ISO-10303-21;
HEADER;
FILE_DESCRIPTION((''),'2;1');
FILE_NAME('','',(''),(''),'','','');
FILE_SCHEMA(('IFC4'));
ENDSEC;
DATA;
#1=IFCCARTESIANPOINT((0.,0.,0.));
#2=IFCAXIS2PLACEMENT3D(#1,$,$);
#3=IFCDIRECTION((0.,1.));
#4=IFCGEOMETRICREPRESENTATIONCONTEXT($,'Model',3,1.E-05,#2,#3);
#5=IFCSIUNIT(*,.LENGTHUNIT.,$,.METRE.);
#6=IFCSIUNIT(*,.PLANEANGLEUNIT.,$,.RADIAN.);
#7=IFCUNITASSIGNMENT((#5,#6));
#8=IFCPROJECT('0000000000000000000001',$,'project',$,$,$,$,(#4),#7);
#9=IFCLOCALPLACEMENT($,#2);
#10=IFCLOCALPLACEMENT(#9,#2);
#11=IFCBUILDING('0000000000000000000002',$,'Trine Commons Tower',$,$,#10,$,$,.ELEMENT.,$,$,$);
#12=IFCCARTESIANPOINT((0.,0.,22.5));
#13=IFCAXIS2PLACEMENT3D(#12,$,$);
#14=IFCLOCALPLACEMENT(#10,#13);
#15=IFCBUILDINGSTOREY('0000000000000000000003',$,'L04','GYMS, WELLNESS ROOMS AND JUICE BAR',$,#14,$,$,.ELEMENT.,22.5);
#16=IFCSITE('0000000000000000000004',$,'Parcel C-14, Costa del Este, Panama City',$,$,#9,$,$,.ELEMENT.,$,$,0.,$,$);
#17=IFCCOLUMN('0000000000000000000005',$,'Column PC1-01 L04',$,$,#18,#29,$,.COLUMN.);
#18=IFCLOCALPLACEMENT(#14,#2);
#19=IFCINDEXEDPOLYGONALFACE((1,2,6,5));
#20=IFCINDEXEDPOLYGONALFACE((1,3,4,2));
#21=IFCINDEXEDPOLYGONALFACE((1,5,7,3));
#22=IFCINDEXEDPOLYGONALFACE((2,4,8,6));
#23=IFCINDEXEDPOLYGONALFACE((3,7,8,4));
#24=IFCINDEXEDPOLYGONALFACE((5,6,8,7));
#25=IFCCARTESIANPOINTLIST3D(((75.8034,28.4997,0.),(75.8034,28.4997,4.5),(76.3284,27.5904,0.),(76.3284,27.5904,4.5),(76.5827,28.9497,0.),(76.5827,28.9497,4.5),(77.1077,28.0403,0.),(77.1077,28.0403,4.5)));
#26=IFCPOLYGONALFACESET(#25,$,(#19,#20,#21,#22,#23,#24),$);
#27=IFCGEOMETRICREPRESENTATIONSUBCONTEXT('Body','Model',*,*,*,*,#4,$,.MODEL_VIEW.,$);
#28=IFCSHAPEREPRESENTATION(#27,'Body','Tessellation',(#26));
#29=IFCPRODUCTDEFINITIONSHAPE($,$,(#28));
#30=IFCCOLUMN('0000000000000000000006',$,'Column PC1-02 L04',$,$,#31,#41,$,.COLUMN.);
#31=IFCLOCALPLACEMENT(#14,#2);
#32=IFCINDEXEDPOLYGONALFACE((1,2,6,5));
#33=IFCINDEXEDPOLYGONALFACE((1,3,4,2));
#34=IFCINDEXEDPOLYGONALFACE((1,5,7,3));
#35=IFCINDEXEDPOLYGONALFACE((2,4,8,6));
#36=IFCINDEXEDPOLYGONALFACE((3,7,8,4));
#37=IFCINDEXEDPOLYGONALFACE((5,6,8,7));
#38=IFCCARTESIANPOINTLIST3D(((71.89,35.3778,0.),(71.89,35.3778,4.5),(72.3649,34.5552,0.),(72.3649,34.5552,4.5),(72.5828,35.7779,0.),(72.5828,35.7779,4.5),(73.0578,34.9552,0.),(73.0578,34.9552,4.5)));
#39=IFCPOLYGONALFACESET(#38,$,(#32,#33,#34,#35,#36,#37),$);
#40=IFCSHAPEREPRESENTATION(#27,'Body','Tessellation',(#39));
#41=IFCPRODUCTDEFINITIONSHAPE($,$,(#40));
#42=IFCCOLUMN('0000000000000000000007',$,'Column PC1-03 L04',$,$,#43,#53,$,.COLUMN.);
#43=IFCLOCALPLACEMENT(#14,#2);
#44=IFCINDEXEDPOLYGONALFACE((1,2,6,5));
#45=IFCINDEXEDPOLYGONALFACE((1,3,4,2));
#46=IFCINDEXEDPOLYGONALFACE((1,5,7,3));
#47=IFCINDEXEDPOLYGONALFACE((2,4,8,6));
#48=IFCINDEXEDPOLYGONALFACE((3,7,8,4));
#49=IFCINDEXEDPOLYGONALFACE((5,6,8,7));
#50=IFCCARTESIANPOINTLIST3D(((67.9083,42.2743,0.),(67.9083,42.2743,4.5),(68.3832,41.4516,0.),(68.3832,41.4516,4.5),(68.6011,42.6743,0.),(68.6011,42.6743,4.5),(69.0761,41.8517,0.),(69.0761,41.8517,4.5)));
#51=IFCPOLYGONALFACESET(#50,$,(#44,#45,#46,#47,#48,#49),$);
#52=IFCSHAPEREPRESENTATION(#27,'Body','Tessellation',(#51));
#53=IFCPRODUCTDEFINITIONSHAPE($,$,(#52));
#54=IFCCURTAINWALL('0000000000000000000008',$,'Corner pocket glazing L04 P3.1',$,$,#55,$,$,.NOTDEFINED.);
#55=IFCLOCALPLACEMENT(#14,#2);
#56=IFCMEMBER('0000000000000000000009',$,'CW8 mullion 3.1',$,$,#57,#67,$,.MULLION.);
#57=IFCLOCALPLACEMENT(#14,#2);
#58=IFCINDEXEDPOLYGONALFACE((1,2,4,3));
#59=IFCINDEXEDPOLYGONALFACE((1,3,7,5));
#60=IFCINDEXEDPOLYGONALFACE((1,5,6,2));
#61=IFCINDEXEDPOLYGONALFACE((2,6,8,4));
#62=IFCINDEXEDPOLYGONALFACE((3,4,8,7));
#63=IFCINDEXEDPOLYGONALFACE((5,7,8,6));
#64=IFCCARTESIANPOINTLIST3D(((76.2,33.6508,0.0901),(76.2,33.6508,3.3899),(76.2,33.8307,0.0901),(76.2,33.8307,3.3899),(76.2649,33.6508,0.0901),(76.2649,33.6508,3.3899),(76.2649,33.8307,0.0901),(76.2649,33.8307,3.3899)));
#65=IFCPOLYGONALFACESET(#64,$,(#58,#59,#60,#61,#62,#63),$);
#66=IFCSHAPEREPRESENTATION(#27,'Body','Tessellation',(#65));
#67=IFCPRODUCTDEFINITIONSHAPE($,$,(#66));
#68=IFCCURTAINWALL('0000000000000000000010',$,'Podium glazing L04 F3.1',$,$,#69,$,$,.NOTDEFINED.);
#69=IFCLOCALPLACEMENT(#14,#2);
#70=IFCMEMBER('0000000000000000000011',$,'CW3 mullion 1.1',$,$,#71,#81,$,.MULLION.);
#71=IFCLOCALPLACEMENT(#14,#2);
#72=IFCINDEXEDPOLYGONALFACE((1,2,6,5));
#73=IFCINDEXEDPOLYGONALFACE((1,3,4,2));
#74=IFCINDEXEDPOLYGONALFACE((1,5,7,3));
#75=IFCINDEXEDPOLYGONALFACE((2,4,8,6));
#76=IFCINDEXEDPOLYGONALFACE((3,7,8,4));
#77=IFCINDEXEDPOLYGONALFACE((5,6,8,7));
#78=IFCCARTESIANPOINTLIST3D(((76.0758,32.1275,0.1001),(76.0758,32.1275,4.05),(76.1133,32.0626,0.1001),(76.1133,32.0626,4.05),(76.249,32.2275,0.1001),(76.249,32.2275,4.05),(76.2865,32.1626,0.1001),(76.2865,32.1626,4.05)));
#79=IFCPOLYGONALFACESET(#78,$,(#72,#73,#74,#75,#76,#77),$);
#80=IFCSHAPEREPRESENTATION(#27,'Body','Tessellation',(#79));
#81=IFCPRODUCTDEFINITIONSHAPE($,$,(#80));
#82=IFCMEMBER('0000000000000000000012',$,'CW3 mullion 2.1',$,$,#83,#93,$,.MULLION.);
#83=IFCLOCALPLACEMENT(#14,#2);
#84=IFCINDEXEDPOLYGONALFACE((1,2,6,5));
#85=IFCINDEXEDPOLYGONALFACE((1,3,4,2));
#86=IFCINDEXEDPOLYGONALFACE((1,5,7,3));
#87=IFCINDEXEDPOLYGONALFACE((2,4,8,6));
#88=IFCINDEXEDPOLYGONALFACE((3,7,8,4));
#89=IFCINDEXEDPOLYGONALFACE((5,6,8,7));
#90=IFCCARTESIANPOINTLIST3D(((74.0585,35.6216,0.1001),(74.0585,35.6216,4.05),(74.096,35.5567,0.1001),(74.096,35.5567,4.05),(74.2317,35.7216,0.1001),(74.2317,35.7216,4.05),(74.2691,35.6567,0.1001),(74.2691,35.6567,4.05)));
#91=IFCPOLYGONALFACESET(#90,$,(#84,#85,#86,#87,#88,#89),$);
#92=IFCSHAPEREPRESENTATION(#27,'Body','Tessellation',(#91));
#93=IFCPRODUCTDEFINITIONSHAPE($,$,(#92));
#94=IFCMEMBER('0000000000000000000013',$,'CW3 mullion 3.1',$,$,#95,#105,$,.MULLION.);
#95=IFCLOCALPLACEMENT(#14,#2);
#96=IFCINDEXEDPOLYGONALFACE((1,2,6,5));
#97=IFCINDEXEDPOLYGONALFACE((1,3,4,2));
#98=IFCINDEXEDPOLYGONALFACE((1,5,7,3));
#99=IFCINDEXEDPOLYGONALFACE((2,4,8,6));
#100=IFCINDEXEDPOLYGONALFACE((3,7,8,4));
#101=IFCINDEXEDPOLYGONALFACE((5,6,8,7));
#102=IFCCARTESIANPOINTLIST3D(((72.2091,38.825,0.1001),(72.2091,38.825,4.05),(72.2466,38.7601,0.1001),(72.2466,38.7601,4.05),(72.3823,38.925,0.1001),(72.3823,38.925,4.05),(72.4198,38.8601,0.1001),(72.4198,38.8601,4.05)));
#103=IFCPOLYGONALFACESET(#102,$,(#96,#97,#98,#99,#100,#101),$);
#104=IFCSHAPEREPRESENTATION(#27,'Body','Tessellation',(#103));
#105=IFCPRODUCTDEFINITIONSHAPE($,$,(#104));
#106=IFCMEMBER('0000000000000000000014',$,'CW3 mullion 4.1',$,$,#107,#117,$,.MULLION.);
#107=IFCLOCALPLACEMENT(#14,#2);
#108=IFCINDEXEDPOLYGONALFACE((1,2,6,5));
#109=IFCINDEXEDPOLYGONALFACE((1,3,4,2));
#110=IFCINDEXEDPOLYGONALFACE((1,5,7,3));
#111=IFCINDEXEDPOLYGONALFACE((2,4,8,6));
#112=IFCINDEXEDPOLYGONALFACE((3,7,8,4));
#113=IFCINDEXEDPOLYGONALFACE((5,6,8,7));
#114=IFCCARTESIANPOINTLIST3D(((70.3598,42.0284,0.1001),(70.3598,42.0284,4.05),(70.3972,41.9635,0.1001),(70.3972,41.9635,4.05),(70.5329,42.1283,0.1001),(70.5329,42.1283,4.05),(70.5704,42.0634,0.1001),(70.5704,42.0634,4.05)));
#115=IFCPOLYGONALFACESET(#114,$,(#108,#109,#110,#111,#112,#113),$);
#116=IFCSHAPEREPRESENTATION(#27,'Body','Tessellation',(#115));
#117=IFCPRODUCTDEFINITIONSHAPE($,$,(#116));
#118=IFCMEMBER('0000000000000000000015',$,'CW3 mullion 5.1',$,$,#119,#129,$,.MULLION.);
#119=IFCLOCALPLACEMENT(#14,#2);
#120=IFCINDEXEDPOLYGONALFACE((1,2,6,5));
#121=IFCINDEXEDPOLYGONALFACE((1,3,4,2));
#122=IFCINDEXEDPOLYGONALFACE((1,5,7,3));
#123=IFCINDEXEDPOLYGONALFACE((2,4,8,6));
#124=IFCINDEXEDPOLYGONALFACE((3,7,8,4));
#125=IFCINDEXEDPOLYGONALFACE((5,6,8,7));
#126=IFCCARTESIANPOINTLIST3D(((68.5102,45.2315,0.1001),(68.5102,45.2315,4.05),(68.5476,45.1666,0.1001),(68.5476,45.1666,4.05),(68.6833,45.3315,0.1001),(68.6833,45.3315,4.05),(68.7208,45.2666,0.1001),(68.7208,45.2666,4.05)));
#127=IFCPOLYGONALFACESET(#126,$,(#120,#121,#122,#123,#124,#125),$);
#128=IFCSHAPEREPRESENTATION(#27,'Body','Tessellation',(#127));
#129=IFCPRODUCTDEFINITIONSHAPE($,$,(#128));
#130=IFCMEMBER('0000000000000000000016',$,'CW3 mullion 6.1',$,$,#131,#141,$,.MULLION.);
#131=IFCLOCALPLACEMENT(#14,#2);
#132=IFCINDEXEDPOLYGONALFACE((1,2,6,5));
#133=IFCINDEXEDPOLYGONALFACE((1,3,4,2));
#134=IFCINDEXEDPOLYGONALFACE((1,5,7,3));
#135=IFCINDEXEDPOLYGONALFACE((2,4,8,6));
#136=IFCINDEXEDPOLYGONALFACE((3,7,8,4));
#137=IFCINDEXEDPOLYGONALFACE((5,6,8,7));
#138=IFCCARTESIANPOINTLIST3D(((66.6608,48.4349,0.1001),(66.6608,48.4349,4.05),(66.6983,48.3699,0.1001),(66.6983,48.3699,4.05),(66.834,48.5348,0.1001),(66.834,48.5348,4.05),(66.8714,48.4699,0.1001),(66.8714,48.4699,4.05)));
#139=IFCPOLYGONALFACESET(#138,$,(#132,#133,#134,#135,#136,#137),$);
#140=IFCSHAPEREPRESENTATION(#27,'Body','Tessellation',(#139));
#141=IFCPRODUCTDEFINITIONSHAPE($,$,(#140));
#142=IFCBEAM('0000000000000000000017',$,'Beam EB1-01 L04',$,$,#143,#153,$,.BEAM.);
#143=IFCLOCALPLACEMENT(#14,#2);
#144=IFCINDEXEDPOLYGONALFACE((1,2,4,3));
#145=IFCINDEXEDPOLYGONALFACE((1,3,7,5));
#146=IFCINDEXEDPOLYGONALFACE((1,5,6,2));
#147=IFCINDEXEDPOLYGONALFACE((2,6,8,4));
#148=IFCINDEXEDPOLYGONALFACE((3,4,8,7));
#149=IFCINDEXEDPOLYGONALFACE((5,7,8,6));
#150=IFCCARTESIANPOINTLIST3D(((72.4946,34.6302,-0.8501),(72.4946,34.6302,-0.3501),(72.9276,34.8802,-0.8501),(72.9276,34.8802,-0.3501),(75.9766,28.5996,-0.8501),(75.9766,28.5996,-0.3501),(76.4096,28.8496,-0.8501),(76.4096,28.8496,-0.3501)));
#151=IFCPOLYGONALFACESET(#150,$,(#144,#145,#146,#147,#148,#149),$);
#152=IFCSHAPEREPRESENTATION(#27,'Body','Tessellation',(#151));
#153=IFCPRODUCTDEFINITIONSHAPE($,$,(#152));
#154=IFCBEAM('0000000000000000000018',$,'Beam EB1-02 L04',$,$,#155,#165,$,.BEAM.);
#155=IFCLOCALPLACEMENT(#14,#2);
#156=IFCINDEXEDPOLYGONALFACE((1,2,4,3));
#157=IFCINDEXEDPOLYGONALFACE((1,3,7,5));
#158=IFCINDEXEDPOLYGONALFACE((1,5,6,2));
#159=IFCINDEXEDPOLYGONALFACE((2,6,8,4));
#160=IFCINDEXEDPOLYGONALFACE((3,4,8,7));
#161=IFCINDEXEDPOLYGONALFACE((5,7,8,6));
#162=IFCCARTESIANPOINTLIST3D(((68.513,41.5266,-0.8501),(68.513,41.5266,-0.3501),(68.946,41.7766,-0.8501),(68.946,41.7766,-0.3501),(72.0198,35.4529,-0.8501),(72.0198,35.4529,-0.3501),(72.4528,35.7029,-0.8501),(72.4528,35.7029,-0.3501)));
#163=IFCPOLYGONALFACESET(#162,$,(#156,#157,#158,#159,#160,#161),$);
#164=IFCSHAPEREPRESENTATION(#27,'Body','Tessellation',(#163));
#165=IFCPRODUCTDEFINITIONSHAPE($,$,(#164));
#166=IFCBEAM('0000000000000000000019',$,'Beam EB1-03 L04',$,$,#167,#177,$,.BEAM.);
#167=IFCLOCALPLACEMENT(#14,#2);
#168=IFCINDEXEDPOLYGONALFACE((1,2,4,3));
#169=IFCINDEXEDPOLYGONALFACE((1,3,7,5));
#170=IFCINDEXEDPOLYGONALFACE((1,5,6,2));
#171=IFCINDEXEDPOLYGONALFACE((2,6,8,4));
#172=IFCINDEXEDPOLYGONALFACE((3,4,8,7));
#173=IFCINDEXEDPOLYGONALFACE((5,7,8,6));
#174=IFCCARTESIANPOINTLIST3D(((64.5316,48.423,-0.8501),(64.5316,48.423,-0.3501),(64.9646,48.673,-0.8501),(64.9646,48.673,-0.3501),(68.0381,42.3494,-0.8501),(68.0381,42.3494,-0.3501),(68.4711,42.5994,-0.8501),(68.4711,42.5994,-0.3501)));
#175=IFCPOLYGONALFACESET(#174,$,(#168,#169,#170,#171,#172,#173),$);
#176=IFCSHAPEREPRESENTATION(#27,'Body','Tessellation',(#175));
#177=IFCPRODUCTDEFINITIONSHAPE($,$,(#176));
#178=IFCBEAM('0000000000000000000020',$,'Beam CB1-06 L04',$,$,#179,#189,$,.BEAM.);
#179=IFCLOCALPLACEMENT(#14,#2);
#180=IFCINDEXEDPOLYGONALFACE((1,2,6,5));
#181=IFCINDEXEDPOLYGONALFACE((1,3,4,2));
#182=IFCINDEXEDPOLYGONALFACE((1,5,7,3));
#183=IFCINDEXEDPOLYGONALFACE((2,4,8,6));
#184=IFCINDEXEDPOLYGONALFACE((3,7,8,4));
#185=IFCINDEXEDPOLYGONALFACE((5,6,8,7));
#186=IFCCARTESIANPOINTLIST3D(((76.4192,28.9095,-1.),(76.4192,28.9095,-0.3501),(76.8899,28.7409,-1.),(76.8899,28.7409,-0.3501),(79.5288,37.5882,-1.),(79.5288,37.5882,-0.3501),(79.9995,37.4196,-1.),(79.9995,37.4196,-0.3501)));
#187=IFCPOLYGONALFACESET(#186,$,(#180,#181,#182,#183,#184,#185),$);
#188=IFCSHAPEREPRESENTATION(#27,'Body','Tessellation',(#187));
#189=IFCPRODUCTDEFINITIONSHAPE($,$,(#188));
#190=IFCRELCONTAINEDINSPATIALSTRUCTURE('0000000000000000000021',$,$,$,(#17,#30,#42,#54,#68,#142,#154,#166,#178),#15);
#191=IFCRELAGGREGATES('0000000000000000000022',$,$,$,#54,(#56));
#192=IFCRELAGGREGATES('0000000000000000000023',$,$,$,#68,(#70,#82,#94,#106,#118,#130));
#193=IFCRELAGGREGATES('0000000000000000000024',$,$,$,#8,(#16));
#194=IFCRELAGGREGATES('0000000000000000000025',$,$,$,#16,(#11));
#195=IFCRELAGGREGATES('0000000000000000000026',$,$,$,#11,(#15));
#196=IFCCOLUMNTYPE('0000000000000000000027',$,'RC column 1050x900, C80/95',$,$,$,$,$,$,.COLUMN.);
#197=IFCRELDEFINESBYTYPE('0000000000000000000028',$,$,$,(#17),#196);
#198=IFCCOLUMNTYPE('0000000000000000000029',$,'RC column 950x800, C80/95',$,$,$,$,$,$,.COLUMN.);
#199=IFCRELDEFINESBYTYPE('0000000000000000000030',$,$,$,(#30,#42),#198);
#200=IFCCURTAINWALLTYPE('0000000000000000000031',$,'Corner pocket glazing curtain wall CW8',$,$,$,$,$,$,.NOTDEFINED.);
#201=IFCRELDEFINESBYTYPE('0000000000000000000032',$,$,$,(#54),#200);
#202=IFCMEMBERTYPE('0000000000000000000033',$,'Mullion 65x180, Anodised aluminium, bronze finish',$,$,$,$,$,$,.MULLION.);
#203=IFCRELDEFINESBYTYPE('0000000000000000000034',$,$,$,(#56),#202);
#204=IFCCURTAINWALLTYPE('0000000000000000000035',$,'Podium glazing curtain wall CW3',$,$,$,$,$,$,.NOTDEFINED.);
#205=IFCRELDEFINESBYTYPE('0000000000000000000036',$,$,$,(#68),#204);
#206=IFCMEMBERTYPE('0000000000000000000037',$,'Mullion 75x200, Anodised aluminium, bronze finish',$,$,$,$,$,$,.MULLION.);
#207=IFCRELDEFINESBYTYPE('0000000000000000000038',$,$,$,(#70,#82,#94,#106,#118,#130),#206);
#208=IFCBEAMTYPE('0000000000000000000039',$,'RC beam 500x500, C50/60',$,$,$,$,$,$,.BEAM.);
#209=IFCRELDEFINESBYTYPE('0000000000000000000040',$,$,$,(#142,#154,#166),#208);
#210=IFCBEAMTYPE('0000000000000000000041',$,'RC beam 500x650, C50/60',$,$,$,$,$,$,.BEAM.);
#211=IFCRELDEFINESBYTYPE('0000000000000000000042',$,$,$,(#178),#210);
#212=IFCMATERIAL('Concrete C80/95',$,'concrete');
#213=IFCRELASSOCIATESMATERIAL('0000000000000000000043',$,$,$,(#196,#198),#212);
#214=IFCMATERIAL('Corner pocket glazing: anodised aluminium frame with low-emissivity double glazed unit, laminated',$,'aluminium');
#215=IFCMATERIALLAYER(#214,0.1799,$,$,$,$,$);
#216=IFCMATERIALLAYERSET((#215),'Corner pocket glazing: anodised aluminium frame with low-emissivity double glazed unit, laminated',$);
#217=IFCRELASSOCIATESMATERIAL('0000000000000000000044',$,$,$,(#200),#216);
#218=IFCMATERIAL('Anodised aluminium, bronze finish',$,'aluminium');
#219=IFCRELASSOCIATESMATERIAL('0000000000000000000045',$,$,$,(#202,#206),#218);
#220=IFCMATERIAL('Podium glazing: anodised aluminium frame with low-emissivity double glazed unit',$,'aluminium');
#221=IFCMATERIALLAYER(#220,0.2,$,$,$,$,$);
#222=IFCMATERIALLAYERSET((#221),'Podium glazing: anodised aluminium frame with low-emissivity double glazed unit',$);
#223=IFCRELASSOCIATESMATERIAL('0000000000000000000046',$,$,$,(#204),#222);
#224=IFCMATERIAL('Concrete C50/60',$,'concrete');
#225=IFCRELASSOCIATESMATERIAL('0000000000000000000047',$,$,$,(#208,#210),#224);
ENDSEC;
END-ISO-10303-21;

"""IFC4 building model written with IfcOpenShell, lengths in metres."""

from ifc_helpers import new_model, si_unit, direction, frame, origin, origin_2d, place, context, subcontext, project, spatial, rectangle, extrude, material, layer, layer_set, material_profile, profile_set, type_object, element, aggregate, save


model = new_model("IFC4")

# Units and contexts
model_context = context("Model", 3, precision=1e-05, world=origin(), true_north=direction((0.0, 1.0)))
body_context = subcontext(model_context, "Body", "Model", "MODEL_VIEW")
ifc_project = project(units=[si_unit("LENGTHUNIT", "METRE"), si_unit("PLANEANGLEUNIT", "RADIAN")], contexts=[model_context])

# Site, building, storey
site_placement = place(None, origin())
site = spatial("IfcSite", under=ifc_project, at=site_placement, Name="Parcel C-14, Costa del Este, Panama City", CompositionType="ELEMENT", RefElevation=0.0)
building_placement = place(site_placement, origin())
building = spatial("IfcBuilding", under=site, at=building_placement, Name="Trine Commons Tower", CompositionType="ELEMENT")
storey_placement = place(building_placement, frame((0.0, 0.0, 22.5)))
storey = spatial("IfcBuildingStorey", under=building, at=storey_placement, Name="L04", Description="GYMS, WELLNESS ROOMS AND JUICE BAR", CompositionType="ELEMENT", Elevation=22.5)

# Columns
ifc_material_1 = material(Name="Concrete C80/95", Category="concrete")
ifc_material_profile_1 = material_profile(ifc_material_1, rectangle(XDim=1.05, YDim=0.8999, at=origin_2d()), Name="RC 1050x900")
ifc_profile_set_1 = profile_set([ifc_material_profile_1], Name="Concrete C80/95")
column_type_1 = type_object("IfcColumnType", Name="RC column 1050x900, C80/95", PredefinedType="COLUMN", material=ifc_profile_set_1)
column_placement = place(storey_placement, frame((76.4556, 28.27, 0.0), z_axis=(0.0, 0.0, 1.0), x_axis=(-0.5, 0.866025, 0.0)))
element("IfcColumn", 1, at=column_placement, inside=storey, type_object=column_type_1, Name="Column PC1-01 L04", PredefinedType="COLUMN", context=body_context, shape_type="SweptSolid", body=[
    extrude(rectangle(XDim=1.05, YDim=0.8999, at=origin_2d()), origin(), (0.0, 0.0, 1.0), 4.5),
])
ifc_material_profile_2 = material_profile(ifc_material_1, rectangle(XDim=0.95, YDim=0.8, at=origin_2d()), Name="RC 950x800")
ifc_profile_set_2 = profile_set([ifc_material_profile_2], Name="Concrete C80/95")
column_type_2 = type_object("IfcColumnType", Name="RC column 950x800, C80/95", PredefinedType="COLUMN", material=ifc_profile_set_2)
for number, where, z_axis, x_axis, name in (
    (2, (72.4739, 35.1665, 0.0), (0.0, 0.0, 1.0), (-0.5, 0.866025, 0.0), "Column PC1-02 L04"),
    (3, (68.4922, 42.063, 0.0), (0.0, 0.0, 1.0), (-0.5, 0.866025, 0.0), "Column PC1-03 L04"),
):
    element("IfcColumn", number, at=place(storey_placement, frame(where, z_axis=z_axis, x_axis=x_axis)), inside=storey, type_object=column_type_2, Name=name, PredefinedType="COLUMN", context=body_context, shape_type="SweptSolid", body=[
        extrude(rectangle(XDim=0.95, YDim=0.8, at=origin_2d()), origin(), (0.0, 0.0, 1.0), 4.5),
    ])

# Curtain wall, member
ifc_material_2 = material(Name="Corner pocket glazing: anodised aluminium frame with low-emissivity double glazed unit, laminated", Category="aluminium")
ifc_layer_1 = layer(ifc_material_2, 0.1799)
ifc_layer_set_1 = layer_set([ifc_layer_1], Name="Corner pocket glazing: anodised aluminium frame with low-emissivity double glazed unit, laminated")
curtain_wall_type_1 = type_object("IfcCurtainWallType", Name="Corner pocket glazing curtain wall CW8", PredefinedType="NOTDEFINED", material=ifc_layer_set_1)
curtain_wall_1_placement = place(storey_placement, origin())
curtain_wall_1 = element("IfcCurtainWall", 4, at=curtain_wall_1_placement, inside=storey, type_object=curtain_wall_type_1, Name="Corner pocket glazing L04 P3.1", PredefinedType="NOTDEFINED")
ifc_material_3 = material(Name="Anodised aluminium, bronze finish", Category="aluminium")
ifc_material_profile_3 = material_profile(ifc_material_3, rectangle(XDim=0.1799, YDim=0.0649, at=origin_2d()), Name="Mullion 65x180")
ifc_profile_set_3 = profile_set([ifc_material_profile_3], Name="Anodised aluminium, bronze finish")
member_type_1 = type_object("IfcMemberType", Name="Mullion 65x180, Anodised aluminium, bronze finish", PredefinedType="MULLION", material=ifc_profile_set_3)
member_1_placement = place(storey_placement, frame((76.2324, 33.7407, 0.0901), z_axis=(0.0, 0.0, 1.0), x_axis=(0.0, -1.0, 0.0)))
member_1 = element("IfcMember", 5, at=member_1_placement, type_object=member_type_1, Name="CW8 mullion 3.1", PredefinedType="MULLION", context=body_context, shape_type="SweptSolid", body=[
    extrude(rectangle(XDim=0.1799, YDim=0.0649, at=origin_2d()), origin(), (0.0, 0.0, 1.0), 3.2998),
])
aggregate(curtain_wall_1, [member_1])

# Curtain wall, members
ifc_material_4 = material(Name="Podium glazing: anodised aluminium frame with low-emissivity double glazed unit", Category="aluminium")
ifc_layer_2 = layer(ifc_material_4, 0.2)
ifc_layer_set_2 = layer_set([ifc_layer_2], Name="Podium glazing: anodised aluminium frame with low-emissivity double glazed unit")
curtain_wall_type_2 = type_object("IfcCurtainWallType", Name="Podium glazing curtain wall CW3", PredefinedType="NOTDEFINED", material=ifc_layer_set_2)
curtain_wall_2_placement = place(storey_placement, origin())
curtain_wall_2 = element("IfcCurtainWall", 6, at=curtain_wall_2_placement, inside=storey, type_object=curtain_wall_type_2, Name="Podium glazing L04 F3.1", PredefinedType="NOTDEFINED")
ifc_material_profile_4 = material_profile(ifc_material_3, rectangle(XDim=0.2, YDim=0.075, at=origin_2d()), Name="Mullion 75x200")
ifc_profile_set_4 = profile_set([ifc_material_profile_4], Name="Anodised aluminium, bronze finish")
member_type_2 = type_object("IfcMemberType", Name="Mullion 75x200, Anodised aluminium, bronze finish", PredefinedType="MULLION", material=ifc_profile_set_4)
member_2_placement = place(storey_placement, frame((76.1812, 32.145, 0.1001), z_axis=(0.0, 0.0, 1.0), x_axis=(-0.866025, -0.5, 0.0)))
member_2 = element("IfcMember", 7, at=member_2_placement, type_object=member_type_2, Name="CW3 mullion 1.1", PredefinedType="MULLION", context=body_context, shape_type="SweptSolid", body=[
    extrude(rectangle(XDim=0.2, YDim=0.075, at=origin_2d()), origin(), (0.0, 0.0, 1.0), 3.95),
])
member_3_placement = place(storey_placement, frame((74.1638, 35.6392, 0.1001), z_axis=(0.0, 0.0, 1.0), x_axis=(-0.866025, -0.5, 0.0)))
member_3 = element("IfcMember", 8, at=member_3_placement, type_object=member_type_2, Name="CW3 mullion 2.1", PredefinedType="MULLION", context=body_context, shape_type="SweptSolid", body=[
    extrude(rectangle(XDim=0.2, YDim=0.075, at=origin_2d()), origin(), (0.0, 0.0, 1.0), 3.95),
])
member_4_placement = place(storey_placement, frame((72.3145, 38.8425, 0.1001), z_axis=(0.0, 0.0, 1.0), x_axis=(-0.866025, -0.5, 0.0)))
member_4 = element("IfcMember", 9, at=member_4_placement, type_object=member_type_2, Name="CW3 mullion 3.1", PredefinedType="MULLION", context=body_context, shape_type="SweptSolid", body=[
    extrude(rectangle(XDim=0.2, YDim=0.075, at=origin_2d()), origin(), (0.0, 0.0, 1.0), 3.95),
])
member_5_placement = place(storey_placement, frame((70.4651, 42.0459, 0.1001), z_axis=(0.0, 0.0, 1.0), x_axis=(-0.866025, -0.5, 0.0)))
member_5 = element("IfcMember", 10, at=member_5_placement, type_object=member_type_2, Name="CW3 mullion 4.1", PredefinedType="MULLION", context=body_context, shape_type="SweptSolid", body=[
    extrude(rectangle(XDim=0.2, YDim=0.075, at=origin_2d()), origin(), (0.0, 0.0, 1.0), 3.95),
])
member_6_placement = place(storey_placement, frame((68.6155, 45.249, 0.1001), z_axis=(0.0, 0.0, 1.0), x_axis=(-0.866025, -0.5, 0.0)))
member_6 = element("IfcMember", 11, at=member_6_placement, type_object=member_type_2, Name="CW3 mullion 5.1", PredefinedType="MULLION", context=body_context, shape_type="SweptSolid", body=[
    extrude(rectangle(XDim=0.2, YDim=0.075, at=origin_2d()), origin(), (0.0, 0.0, 1.0), 3.95),
])
member_7_placement = place(storey_placement, frame((66.7661, 48.4524, 0.1001), z_axis=(0.0, 0.0, 1.0), x_axis=(-0.866025, -0.5, 0.0)))
member_7 = element("IfcMember", 12, at=member_7_placement, type_object=member_type_2, Name="CW3 mullion 6.1", PredefinedType="MULLION", context=body_context, shape_type="SweptSolid", body=[
    extrude(rectangle(XDim=0.2, YDim=0.075, at=origin_2d()), origin(), (0.0, 0.0, 1.0), 3.95),
])

# Beams
ifc_material_5 = material(Name="Concrete C50/60", Category="concrete")
ifc_material_profile_5 = material_profile(ifc_material_5, rectangle(XDim=0.5, YDim=0.5, at=origin_2d()), Name="RC 500x500")
ifc_profile_set_5 = profile_set([ifc_material_profile_5], Name="Concrete C50/60")
beam_type_1 = type_object("IfcBeamType", Name="RC beam 500x500, C50/60", PredefinedType="BEAM", material=ifc_profile_set_5)
beam_1_placement = place(storey_placement, frame((76.1931, 28.7246, -0.6001), z_axis=(-0.500023, 0.866012, 0.0), x_axis=(-0.866012, -0.500023, 0.0)))
element("IfcBeam", 13, at=beam_1_placement, inside=storey, type_object=beam_type_1, Name="Beam EB1-01 L04", PredefinedType="BEAM", context=body_context, shape_type="SweptSolid", body=[
    extrude(rectangle(XDim=0.5, YDim=0.5, at=origin_2d()), origin(), (0.0, 0.0, 1.0), 6.9636),
])
beam_2_placement = place(storey_placement, frame((72.2363, 35.5779, -0.6001), z_axis=(-0.500018, 0.866015, 0.0), x_axis=(-0.866015, -0.500018, 0.0)))
element("IfcBeam", 14, at=beam_2_placement, inside=storey, type_object=beam_type_1, Name="Beam EB1-02 L04", PredefinedType="BEAM", context=body_context, shape_type="SweptSolid", body=[
    extrude(rectangle(XDim=0.5, YDim=0.5, at=origin_2d()), origin(), (0.0, 0.0, 1.0), 7.0134),
])
beam_3_placement = place(storey_placement, frame((68.2546, 42.4744, -0.6001), z_axis=(-0.499992, 0.86603, 0.0), x_axis=(-0.86603, -0.499992, 0.0)))
element("IfcBeam", 15, at=beam_3_placement, inside=storey, type_object=beam_type_1, Name="Beam EB1-03 L04", PredefinedType="BEAM", context=body_context, shape_type="SweptSolid", body=[
    extrude(rectangle(XDim=0.5, YDim=0.5, at=origin_2d()), origin(), (0.0, 0.0, 1.0), 7.0132),
])
ifc_material_profile_6 = material_profile(ifc_material_5, rectangle(XDim=0.5, YDim=0.6499, at=origin_2d()), Name="RC 500x650")
ifc_profile_set_6 = profile_set([ifc_material_profile_6], Name="Concrete C50/60")
beam_type_2 = type_object("IfcBeamType", Name="RC beam 500x650, C50/60", PredefinedType="BEAM", material=ifc_profile_set_6)
beam_4_placement = place(storey_placement, frame((76.6545, 28.8252, -0.675), z_axis=(0.337306, 0.941395, 0.0), x_axis=(-0.941395, 0.337306, 0.0)))
element("IfcBeam", 16, at=beam_4_placement, inside=storey, type_object=beam_type_2, Name="Beam CB1-06 L04", PredefinedType="BEAM", context=body_context, shape_type="SweptSolid", body=[
    extrude(rectangle(XDim=0.5, YDim=0.6499, at=origin_2d()), origin(), (0.0, 0.0, 1.0), 9.219),
])

aggregate(curtain_wall_2, [member_2, member_3, member_4, member_5, member_6, member_7])

save(model, "model.ifc")
